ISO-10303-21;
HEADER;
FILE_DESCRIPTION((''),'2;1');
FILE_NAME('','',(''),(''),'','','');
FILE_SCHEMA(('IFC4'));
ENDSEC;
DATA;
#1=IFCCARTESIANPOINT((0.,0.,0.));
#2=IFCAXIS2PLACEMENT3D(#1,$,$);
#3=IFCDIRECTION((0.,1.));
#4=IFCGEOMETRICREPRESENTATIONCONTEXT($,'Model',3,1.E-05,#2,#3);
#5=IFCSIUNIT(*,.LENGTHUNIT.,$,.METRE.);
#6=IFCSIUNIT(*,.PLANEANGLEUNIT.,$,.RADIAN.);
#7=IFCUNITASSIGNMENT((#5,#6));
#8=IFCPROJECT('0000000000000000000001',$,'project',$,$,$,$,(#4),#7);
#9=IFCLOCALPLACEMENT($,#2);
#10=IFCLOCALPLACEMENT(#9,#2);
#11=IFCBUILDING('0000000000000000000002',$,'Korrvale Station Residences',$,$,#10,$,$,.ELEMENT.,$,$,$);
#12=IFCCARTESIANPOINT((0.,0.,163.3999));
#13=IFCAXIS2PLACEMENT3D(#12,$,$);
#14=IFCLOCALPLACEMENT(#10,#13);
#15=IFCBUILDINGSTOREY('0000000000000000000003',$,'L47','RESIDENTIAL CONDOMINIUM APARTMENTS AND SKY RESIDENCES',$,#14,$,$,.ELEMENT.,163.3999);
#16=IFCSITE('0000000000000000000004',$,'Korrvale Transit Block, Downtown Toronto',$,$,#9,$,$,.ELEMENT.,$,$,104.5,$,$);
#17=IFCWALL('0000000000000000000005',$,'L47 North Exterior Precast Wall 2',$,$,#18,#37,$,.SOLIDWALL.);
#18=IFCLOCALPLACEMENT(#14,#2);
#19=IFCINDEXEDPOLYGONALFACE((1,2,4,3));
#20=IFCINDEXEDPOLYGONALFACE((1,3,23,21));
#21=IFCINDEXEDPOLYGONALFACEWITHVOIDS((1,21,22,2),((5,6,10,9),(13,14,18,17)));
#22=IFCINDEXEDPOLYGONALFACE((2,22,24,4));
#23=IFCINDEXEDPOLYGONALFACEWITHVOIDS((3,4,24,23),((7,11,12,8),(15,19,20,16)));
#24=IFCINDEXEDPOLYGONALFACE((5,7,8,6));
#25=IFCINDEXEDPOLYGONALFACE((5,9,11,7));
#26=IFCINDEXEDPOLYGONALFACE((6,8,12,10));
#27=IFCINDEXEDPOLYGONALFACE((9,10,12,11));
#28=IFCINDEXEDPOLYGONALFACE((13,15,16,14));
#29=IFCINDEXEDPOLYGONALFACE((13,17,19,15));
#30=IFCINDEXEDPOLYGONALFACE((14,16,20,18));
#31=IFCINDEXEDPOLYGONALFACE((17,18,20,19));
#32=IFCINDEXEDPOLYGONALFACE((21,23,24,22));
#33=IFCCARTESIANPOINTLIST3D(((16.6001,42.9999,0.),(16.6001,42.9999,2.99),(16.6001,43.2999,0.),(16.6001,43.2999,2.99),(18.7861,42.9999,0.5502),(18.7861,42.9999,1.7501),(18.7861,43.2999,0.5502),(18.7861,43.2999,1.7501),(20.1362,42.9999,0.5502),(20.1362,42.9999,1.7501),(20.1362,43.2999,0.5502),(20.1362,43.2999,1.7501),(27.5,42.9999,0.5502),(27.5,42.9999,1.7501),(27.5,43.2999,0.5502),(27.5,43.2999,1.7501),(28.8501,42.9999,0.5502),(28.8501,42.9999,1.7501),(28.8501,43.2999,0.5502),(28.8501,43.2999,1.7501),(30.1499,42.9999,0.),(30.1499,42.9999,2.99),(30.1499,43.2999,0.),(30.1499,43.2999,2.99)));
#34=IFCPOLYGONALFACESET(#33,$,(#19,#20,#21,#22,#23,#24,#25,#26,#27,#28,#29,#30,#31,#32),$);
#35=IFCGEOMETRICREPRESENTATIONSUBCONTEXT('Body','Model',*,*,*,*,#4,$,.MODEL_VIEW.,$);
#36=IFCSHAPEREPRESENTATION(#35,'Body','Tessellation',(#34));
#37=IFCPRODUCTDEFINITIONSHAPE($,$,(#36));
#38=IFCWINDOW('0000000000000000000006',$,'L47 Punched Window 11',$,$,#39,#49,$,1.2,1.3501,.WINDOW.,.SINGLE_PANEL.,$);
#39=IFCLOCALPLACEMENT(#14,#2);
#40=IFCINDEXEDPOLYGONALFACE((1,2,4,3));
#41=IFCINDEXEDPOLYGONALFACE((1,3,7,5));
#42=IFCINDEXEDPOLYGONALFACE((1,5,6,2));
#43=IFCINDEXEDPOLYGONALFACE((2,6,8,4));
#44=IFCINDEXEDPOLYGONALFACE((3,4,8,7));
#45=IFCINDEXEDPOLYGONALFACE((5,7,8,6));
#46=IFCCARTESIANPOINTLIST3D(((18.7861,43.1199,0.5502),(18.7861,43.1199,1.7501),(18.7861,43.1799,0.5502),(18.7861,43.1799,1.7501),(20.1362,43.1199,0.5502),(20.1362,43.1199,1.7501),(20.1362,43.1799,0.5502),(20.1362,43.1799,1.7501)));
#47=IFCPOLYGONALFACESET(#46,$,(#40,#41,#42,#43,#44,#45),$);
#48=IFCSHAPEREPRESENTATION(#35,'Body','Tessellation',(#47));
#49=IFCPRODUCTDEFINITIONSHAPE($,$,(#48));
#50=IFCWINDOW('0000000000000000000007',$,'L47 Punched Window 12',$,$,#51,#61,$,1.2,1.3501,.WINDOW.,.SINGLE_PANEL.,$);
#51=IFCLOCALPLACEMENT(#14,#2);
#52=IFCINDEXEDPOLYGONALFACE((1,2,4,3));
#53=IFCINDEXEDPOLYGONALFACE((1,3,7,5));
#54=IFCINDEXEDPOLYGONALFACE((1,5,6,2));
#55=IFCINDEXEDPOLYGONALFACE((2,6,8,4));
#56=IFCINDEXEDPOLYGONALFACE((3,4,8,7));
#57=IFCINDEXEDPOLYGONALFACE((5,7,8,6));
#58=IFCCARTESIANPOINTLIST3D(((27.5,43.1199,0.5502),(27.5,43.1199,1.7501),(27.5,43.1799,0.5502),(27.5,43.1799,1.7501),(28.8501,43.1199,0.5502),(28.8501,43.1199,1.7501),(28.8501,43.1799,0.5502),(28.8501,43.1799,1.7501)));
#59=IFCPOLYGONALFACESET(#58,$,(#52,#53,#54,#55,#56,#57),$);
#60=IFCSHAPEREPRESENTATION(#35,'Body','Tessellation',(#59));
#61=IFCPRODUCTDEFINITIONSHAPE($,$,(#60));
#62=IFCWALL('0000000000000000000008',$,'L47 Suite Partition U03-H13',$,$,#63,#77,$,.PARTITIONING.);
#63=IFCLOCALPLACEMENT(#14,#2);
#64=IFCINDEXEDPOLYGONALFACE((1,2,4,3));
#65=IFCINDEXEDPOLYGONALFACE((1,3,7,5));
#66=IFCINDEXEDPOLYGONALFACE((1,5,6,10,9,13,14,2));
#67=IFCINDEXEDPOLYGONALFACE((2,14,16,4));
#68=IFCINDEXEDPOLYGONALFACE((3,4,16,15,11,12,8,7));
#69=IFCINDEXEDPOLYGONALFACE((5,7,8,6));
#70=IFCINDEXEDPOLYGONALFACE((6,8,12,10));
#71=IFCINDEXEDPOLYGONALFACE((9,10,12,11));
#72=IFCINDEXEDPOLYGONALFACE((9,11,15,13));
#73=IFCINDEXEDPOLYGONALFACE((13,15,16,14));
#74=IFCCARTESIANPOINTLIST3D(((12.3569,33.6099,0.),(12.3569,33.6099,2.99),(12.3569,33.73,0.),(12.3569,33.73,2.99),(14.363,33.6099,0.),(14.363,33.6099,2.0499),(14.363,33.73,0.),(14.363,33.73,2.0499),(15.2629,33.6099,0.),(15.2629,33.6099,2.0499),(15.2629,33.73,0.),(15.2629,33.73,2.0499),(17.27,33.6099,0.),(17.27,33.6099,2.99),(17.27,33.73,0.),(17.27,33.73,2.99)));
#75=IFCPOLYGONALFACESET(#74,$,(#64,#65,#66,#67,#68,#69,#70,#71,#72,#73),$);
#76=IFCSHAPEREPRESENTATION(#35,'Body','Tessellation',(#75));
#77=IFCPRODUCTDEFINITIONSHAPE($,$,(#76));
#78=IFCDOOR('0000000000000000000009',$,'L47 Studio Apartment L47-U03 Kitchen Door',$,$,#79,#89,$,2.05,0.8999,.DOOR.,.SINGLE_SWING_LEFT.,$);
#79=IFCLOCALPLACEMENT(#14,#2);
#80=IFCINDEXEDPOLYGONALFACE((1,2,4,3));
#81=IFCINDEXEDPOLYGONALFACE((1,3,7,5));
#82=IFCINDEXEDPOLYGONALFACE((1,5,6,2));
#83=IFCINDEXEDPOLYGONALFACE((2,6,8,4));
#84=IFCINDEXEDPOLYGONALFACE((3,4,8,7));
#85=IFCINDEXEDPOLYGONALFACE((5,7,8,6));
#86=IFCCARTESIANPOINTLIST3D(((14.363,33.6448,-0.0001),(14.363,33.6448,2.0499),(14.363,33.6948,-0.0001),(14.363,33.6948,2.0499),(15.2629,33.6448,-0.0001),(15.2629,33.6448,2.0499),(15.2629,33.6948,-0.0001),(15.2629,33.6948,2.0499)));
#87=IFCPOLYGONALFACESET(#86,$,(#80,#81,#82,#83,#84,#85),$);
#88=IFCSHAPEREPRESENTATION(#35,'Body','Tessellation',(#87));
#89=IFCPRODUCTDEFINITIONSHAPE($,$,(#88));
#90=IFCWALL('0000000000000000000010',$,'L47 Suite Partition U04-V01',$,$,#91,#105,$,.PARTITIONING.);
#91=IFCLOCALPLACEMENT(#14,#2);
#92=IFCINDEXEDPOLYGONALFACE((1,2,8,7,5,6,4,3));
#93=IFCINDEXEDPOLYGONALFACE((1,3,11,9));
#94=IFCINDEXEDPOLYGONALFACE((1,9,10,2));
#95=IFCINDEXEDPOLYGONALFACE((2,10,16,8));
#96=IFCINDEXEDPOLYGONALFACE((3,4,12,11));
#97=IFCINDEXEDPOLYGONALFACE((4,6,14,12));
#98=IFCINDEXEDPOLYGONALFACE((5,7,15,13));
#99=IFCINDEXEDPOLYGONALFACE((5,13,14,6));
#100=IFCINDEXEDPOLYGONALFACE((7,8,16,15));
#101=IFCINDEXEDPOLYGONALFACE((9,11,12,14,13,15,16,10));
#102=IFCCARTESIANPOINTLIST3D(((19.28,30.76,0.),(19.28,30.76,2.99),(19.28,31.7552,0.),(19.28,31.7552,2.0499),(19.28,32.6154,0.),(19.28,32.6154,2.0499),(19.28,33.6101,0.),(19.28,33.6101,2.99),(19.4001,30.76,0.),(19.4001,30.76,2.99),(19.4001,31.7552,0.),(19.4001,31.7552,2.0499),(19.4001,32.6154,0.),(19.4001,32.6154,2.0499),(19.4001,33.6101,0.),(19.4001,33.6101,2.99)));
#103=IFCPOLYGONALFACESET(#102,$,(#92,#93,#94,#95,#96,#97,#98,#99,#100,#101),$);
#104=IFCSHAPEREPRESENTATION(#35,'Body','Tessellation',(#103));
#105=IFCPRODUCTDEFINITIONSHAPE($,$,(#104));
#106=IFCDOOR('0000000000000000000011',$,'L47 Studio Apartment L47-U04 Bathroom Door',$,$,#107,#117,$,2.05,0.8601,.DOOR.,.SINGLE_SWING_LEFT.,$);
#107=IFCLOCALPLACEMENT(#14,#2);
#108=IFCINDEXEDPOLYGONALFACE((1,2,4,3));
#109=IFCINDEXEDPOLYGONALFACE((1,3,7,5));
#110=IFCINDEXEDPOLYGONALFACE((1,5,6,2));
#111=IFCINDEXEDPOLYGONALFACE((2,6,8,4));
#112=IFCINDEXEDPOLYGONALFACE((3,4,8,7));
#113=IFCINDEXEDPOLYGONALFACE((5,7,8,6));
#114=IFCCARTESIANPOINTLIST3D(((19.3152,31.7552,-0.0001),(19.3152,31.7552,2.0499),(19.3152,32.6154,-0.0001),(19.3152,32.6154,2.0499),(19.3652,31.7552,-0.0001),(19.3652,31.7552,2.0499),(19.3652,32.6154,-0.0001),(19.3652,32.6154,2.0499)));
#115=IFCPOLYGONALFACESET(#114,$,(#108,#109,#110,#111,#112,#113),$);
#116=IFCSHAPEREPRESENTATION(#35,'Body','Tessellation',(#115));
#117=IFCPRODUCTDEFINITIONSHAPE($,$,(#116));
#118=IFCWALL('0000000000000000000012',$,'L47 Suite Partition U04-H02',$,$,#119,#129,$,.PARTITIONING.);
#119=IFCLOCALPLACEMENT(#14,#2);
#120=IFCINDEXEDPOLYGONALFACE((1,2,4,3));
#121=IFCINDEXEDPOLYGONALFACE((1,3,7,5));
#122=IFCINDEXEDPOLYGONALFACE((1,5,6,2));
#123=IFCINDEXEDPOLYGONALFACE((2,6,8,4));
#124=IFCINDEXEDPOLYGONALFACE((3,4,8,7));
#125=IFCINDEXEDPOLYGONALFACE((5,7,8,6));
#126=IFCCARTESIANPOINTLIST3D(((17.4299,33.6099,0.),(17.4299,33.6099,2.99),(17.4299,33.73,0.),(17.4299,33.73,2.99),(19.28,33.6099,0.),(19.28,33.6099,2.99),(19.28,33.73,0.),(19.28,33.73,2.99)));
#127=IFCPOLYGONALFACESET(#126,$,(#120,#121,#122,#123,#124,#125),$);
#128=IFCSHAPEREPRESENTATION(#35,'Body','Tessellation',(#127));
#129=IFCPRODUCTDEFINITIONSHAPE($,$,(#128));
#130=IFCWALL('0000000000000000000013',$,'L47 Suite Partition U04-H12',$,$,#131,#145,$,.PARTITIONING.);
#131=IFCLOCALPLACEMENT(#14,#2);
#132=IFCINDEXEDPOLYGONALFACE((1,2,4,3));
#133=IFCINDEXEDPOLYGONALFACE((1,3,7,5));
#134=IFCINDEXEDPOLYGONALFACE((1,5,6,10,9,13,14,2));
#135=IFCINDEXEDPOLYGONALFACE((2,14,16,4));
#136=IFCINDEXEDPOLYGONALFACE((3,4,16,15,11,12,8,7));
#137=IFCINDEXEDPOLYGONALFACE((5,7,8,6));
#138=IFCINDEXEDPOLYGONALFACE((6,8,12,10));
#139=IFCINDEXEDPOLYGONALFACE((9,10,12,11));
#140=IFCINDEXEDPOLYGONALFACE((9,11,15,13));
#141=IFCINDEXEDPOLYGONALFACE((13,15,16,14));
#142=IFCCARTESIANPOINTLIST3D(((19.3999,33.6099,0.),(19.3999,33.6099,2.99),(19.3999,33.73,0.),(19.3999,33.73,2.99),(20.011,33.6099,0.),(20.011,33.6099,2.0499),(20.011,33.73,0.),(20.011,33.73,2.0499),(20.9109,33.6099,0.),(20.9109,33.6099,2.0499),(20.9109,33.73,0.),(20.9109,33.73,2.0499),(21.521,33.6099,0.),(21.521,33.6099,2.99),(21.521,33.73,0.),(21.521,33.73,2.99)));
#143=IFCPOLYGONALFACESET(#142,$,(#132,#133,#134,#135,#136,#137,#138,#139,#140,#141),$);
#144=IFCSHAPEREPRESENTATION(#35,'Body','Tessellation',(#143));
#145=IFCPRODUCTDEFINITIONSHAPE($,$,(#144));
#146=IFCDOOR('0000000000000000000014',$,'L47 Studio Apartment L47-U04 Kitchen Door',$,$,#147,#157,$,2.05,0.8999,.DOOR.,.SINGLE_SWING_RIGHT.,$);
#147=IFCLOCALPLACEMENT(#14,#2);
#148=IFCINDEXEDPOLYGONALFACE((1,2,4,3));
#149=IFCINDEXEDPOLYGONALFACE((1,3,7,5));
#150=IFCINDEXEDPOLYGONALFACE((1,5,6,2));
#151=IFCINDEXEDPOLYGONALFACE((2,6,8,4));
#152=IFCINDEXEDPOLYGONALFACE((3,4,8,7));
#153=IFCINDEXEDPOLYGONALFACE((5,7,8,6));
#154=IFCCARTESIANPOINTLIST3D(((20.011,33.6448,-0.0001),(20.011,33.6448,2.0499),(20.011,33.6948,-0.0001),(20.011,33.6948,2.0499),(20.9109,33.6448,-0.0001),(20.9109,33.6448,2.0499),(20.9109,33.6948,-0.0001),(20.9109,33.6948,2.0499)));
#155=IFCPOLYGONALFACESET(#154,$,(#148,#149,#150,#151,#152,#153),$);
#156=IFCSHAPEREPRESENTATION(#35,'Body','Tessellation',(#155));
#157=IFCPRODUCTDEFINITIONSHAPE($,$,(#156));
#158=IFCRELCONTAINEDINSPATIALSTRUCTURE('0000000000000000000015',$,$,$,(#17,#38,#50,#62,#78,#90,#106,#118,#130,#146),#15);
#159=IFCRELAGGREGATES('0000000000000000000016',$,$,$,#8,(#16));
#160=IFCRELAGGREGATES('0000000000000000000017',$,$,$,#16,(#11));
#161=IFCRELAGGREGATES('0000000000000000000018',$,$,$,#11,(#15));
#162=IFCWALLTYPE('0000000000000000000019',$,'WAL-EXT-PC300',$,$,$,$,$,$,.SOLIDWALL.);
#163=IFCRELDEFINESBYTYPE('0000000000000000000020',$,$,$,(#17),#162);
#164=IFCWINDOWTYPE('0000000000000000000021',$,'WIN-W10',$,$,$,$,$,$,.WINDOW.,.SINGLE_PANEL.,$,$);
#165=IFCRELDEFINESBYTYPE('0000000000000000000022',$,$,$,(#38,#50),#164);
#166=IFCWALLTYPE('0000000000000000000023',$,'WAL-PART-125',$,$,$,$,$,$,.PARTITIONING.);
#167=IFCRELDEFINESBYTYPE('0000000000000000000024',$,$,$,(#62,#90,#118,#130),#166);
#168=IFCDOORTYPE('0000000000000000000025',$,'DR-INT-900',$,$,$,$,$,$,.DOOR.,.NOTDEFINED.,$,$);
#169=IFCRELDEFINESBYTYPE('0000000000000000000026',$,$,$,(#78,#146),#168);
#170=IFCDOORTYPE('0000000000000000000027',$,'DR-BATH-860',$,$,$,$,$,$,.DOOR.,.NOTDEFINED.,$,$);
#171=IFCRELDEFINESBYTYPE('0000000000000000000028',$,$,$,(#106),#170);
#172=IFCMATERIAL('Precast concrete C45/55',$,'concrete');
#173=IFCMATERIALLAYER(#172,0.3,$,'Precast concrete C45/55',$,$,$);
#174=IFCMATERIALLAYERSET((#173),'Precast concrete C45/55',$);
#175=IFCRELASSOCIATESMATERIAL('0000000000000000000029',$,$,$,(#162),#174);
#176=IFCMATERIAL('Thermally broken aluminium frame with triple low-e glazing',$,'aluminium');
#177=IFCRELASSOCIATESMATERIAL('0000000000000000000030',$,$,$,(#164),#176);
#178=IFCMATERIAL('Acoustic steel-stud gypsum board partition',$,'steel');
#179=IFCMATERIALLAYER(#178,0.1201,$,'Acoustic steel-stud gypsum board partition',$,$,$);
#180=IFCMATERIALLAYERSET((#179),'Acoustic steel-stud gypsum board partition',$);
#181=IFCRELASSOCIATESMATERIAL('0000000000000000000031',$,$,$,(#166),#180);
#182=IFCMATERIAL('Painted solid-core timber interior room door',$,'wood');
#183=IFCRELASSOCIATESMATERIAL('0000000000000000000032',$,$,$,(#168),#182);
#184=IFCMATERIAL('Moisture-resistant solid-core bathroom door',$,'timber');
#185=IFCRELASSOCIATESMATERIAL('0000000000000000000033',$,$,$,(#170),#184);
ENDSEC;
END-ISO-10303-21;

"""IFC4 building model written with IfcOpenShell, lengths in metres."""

from ifc_helpers import new_model, si_unit, direction, frame, frame_2d, origin, place, context, subcontext, project, spatial, rectangle, extrude, material, layer, layer_set, type_object, element, fill, save


model = new_model("IFC4")

# Units and contexts
model_context = context("Model", 3, precision=1e-05, world=origin(), true_north=direction((0.0, 1.0)))
body_context = subcontext(model_context, "Body", "Model", "MODEL_VIEW")
ifc_project = project(units=[si_unit("LENGTHUNIT", "METRE"), si_unit("PLANEANGLEUNIT", "RADIAN")], contexts=[model_context])

# Site, building, storey
site_placement = place(None, origin())
site = spatial("IfcSite", under=ifc_project, at=site_placement, Name="Korrvale Transit Block, Downtown Toronto", CompositionType="ELEMENT", RefElevation=104.5)
building_placement = place(site_placement, origin())
building = spatial("IfcBuilding", under=site, at=building_placement, Name="Korrvale Station Residences", CompositionType="ELEMENT")
storey_placement = place(building_placement, frame((0.0, 0.0, 163.3999)))
storey = spatial("IfcBuildingStorey", under=building, at=storey_placement, Name="L47", Description="RESIDENTIAL CONDOMINIUM APARTMENTS AND SKY RESIDENCES", CompositionType="ELEMENT", Elevation=163.3999)

# Shared definitions
ifc_material_1 = material(Name="Precast concrete C45/55", Category="concrete")

# Wall, openings, windows
ifc_layer_1 = layer(ifc_material_1, 0.3, Name="Precast concrete C45/55")
ifc_layer_set_1 = layer_set([ifc_layer_1], Name="Precast concrete C45/55")
wall_type_1 = type_object("IfcWallType", Name="WAL-EXT-PC300", PredefinedType="SOLIDWALL", material=ifc_layer_set_1)
wall_1_placement = place(storey_placement, frame((16.6001, 43.1499, 0.0), z_axis=(0.0, 0.0, 1.0), x_axis=(1.0, 0.0, 0.0)))
wall_1 = element("IfcWall", 1, at=wall_1_placement, inside=storey, type_object=wall_type_1, Name="L47 North Exterior Precast Wall 2", PredefinedType="SOLIDWALL", context=body_context, shape_type="SweptSolid", body=[
    extrude(rectangle(XDim=13.5498, YDim=0.3, at=frame_2d((6.7749, 0.0))), origin(), (0.0, 0.0, 1.0), 2.99),
])
opening_1_placement = place(wall_1_placement, frame((2.186, 0.0, 0.55)))
opening_1 = element("IfcOpeningElement", 2, at=opening_1_placement, cuts=wall_1, PredefinedType="OPENING", context=body_context, shape_type="SweptSolid", body=[
    extrude(rectangle(XDim=1.3501, YDim=1.2, at=frame_2d((0.675, 0.6001))), frame((0.0, 0.1602, 0.0), z_axis=(0.0, -1.0, 0.0), x_axis=(1.0, 0.0, 0.0)), (0.0, 0.0, 1.0), 0.3201),
])
opening_2_placement = place(wall_1_placement, frame((10.8999, 0.0, 0.55)))
opening_2 = element("IfcOpeningElement", 3, at=opening_2_placement, cuts=wall_1, PredefinedType="OPENING", context=body_context, shape_type="SweptSolid", body=[
    extrude(rectangle(XDim=1.3501, YDim=1.2, at=frame_2d((0.675, 0.6001))), frame((0.0, 0.1602, 0.0), z_axis=(0.0, -1.0, 0.0), x_axis=(1.0, 0.0, 0.0)), (0.0, 0.0, 1.0), 0.3201),
])
ifc_material_2 = material(Name="Thermally broken aluminium frame with triple low-e glazing", Category="aluminium")
window_type = type_object("IfcWindowType", Name="WIN-W10", PartitioningType="SINGLE_PANEL", PredefinedType="WINDOW", material=ifc_material_2)
window_1_placement = place(opening_1_placement, origin())
window_1 = element("IfcWindow", 4, at=window_1_placement, inside=storey, type_object=window_type, Name="L47 Punched Window 11", OverallHeight=1.2, OverallWidth=1.3501, PartitioningType="SINGLE_PANEL", PredefinedType="WINDOW", context=body_context, shape_type="SweptSolid", body=[
    extrude(rectangle(XDim=1.3501, YDim=1.2, at=frame_2d((0.675, 0.6001))), frame((0.0, 0.03, 0.0), z_axis=(0.0, -1.0, 0.0), x_axis=(1.0, 0.0, 0.0)), (0.0, 0.0, 1.0), 0.0601),
])
fill(opening_1, window_1)
window_2_placement = place(opening_2_placement, origin())
window_2 = element("IfcWindow", 5, at=window_2_placement, inside=storey, type_object=window_type, Name="L47 Punched Window 12", OverallHeight=1.2, OverallWidth=1.3501, PartitioningType="SINGLE_PANEL", PredefinedType="WINDOW", context=body_context, shape_type="SweptSolid", body=[
    extrude(rectangle(XDim=1.3501, YDim=1.2, at=frame_2d((0.675, 0.6001))), frame((0.0, 0.03, 0.0), z_axis=(0.0, -1.0, 0.0), x_axis=(1.0, 0.0, 0.0)), (0.0, 0.0, 1.0), 0.0601),
])
fill(opening_2, window_2)

# Walls, openings, doors
ifc_material_3 = material(Name="Acoustic steel-stud gypsum board partition", Category="steel")
ifc_layer_2 = layer(ifc_material_3, 0.1201, Name="Acoustic steel-stud gypsum board partition")
ifc_layer_set_2 = layer_set([ifc_layer_2], Name="Acoustic steel-stud gypsum board partition")
wall_type_2 = type_object("IfcWallType", Name="WAL-PART-125", PredefinedType="PARTITIONING", material=ifc_layer_set_2)
wall_2_placement = place(storey_placement, frame((12.3569, 33.6699, 0.0), z_axis=(0.0, 0.0, 1.0), x_axis=(1.0, 0.0, 0.0)))
wall_2 = element("IfcWall", 6, at=wall_2_placement, inside=storey, type_object=wall_type_2, Name="L47 Suite Partition U03-H13", PredefinedType="PARTITIONING", context=body_context, shape_type="SweptSolid", body=[
    extrude(rectangle(XDim=4.9131, YDim=0.1201, at=frame_2d((2.4565, 0.0))), origin(), (0.0, 0.0, 1.0), 2.99),
])
opening_3_placement = place(wall_2_placement, frame((2.0061, 0.0, 0.0)))
opening_3 = element("IfcOpeningElement", 7, at=opening_3_placement, cuts=wall_2, PredefinedType="OPENING", context=body_context, shape_type="SweptSolid", body=[
    extrude(rectangle(XDim=0.8999, YDim=2.05, at=frame_2d((0.45, 1.0249))), frame((0.0, 0.0701, 0.0), z_axis=(0.0, -1.0, 0.0), x_axis=(1.0, 0.0, 0.0)), (0.0, 0.0, 1.0), 0.1401),
])
ifc_material_4 = material(Name="Painted solid-core timber interior room door", Category="wood")
door_type_1 = type_object("IfcDoorType", Name="DR-INT-900", OperationType="NOTDEFINED", PredefinedType="DOOR", material=ifc_material_4)
door_1_placement = place(opening_3_placement, origin())
door_1 = element("IfcDoor", 8, at=door_1_placement, inside=storey, type_object=door_type_1, Name="L47 Studio Apartment L47-U03 Kitchen Door", OperationType="SINGLE_SWING_LEFT", OverallHeight=2.05, OverallWidth=0.8999, PredefinedType="DOOR", context=body_context, shape_type="SweptSolid", body=[
    extrude(rectangle(XDim=0.8999, YDim=2.05, at=frame_2d((0.45, 1.0249))), frame((0.0, 0.0249, 0.0), z_axis=(0.0, -1.0, 0.0), x_axis=(1.0, 0.0, 0.0)), (0.0, 0.0, 1.0), 0.05),
])
fill(opening_3, door_1)
wall_3_placement = place(storey_placement, frame((19.3401, 30.76, 0.0), z_axis=(0.0, 0.0, 1.0), x_axis=(0.0, 1.0, 0.0)))
wall_3 = element("IfcWall", 9, at=wall_3_placement, inside=storey, type_object=wall_type_2, Name="L47 Suite Partition U04-V01", PredefinedType="PARTITIONING", context=body_context, shape_type="SweptSolid", body=[
    extrude(rectangle(XDim=2.8501, YDim=0.1201, at=frame_2d((1.425, 0.0))), origin(), (0.0, 0.0, 1.0), 2.99),
])
opening_4_placement = place(wall_3_placement, frame((0.9951, 0.0, 0.0)))
opening_4 = element("IfcOpeningElement", 10, at=opening_4_placement, cuts=wall_3, PredefinedType="OPENING", context=body_context, shape_type="SweptSolid", body=[
    extrude(rectangle(XDim=0.8601, YDim=2.05, at=frame_2d((0.4302, 1.0249))), frame((0.0, 0.0701, 0.0), z_axis=(0.0, -1.0, 0.0), x_axis=(1.0, 0.0, 0.0)), (0.0, 0.0, 1.0), 0.1401),
])
ifc_material_5 = material(Name="Moisture-resistant solid-core bathroom door", Category="timber")
door_type_2 = type_object("IfcDoorType", Name="DR-BATH-860", OperationType="NOTDEFINED", PredefinedType="DOOR", material=ifc_material_5)
door_2_placement = place(opening_4_placement, origin())
door_2 = element("IfcDoor", 11, at=door_2_placement, inside=storey, type_object=door_type_2, Name="L47 Studio Apartment L47-U04 Bathroom Door", OperationType="SINGLE_SWING_LEFT", OverallHeight=2.05, OverallWidth=0.8601, PredefinedType="DOOR", context=body_context, shape_type="SweptSolid", body=[
    extrude(rectangle(XDim=0.8601, YDim=2.05, at=frame_2d((0.4302, 1.0249))), frame((0.0, 0.0249, 0.0), z_axis=(0.0, -1.0, 0.0), x_axis=(1.0, 0.0, 0.0)), (0.0, 0.0, 1.0), 0.05),
])
fill(opening_4, door_2)

# Wall
wall_4_placement = place(storey_placement, frame((17.4299, 33.6699, 0.0), z_axis=(0.0, 0.0, 1.0), x_axis=(1.0, 0.0, 0.0)))
element("IfcWall", 12, at=wall_4_placement, inside=storey, type_object=wall_type_2, Name="L47 Suite Partition U04-H02", PredefinedType="PARTITIONING", context=body_context, shape_type="SweptSolid", body=[
    extrude(rectangle(XDim=1.8501, YDim=0.1201, at=frame_2d((0.925, 0.0))), origin(), (0.0, 0.0, 1.0), 2.99),
])

# Wall, opening, door
wall_5_placement = place(storey_placement, frame((19.3999, 33.6699, 0.0), z_axis=(0.0, 0.0, 1.0), x_axis=(1.0, 0.0, 0.0)))
wall_5 = element("IfcWall", 13, at=wall_5_placement, inside=storey, type_object=wall_type_2, Name="L47 Suite Partition U04-H12", PredefinedType="PARTITIONING", context=body_context, shape_type="SweptSolid", body=[
    extrude(rectangle(XDim=2.1211, YDim=0.1201, at=frame_2d((1.0605, 0.0))), origin(), (0.0, 0.0, 1.0), 2.99),
])
opening_5_placement = place(wall_5_placement, frame((0.6111, 0.0, 0.0)))
opening_5 = element("IfcOpeningElement", 14, at=opening_5_placement, cuts=wall_5, PredefinedType="OPENING", context=body_context, shape_type="SweptSolid", body=[
    extrude(rectangle(XDim=0.8999, YDim=2.05, at=frame_2d((0.45, 1.0249))), frame((0.0, 0.0701, 0.0), z_axis=(0.0, -1.0, 0.0), x_axis=(1.0, 0.0, 0.0)), (0.0, 0.0, 1.0), 0.1401),
])
door_3_placement = place(opening_5_placement, origin())
door_3 = element("IfcDoor", 15, at=door_3_placement, inside=storey, type_object=door_type_1, Name="L47 Studio Apartment L47-U04 Kitchen Door", OperationType="SINGLE_SWING_RIGHT", OverallHeight=2.05, OverallWidth=0.8999, PredefinedType="DOOR", context=body_context, shape_type="SweptSolid", body=[
    extrude(rectangle(XDim=0.8999, YDim=2.05, at=frame_2d((0.45, 1.0249))), frame((0.0, 0.0249, 0.0), z_axis=(0.0, -1.0, 0.0), x_axis=(1.0, 0.0, 0.0)), (0.0, 0.0, 1.0), 0.05),
])
fill(opening_5, door_3)

save(model, "model.ifc")
